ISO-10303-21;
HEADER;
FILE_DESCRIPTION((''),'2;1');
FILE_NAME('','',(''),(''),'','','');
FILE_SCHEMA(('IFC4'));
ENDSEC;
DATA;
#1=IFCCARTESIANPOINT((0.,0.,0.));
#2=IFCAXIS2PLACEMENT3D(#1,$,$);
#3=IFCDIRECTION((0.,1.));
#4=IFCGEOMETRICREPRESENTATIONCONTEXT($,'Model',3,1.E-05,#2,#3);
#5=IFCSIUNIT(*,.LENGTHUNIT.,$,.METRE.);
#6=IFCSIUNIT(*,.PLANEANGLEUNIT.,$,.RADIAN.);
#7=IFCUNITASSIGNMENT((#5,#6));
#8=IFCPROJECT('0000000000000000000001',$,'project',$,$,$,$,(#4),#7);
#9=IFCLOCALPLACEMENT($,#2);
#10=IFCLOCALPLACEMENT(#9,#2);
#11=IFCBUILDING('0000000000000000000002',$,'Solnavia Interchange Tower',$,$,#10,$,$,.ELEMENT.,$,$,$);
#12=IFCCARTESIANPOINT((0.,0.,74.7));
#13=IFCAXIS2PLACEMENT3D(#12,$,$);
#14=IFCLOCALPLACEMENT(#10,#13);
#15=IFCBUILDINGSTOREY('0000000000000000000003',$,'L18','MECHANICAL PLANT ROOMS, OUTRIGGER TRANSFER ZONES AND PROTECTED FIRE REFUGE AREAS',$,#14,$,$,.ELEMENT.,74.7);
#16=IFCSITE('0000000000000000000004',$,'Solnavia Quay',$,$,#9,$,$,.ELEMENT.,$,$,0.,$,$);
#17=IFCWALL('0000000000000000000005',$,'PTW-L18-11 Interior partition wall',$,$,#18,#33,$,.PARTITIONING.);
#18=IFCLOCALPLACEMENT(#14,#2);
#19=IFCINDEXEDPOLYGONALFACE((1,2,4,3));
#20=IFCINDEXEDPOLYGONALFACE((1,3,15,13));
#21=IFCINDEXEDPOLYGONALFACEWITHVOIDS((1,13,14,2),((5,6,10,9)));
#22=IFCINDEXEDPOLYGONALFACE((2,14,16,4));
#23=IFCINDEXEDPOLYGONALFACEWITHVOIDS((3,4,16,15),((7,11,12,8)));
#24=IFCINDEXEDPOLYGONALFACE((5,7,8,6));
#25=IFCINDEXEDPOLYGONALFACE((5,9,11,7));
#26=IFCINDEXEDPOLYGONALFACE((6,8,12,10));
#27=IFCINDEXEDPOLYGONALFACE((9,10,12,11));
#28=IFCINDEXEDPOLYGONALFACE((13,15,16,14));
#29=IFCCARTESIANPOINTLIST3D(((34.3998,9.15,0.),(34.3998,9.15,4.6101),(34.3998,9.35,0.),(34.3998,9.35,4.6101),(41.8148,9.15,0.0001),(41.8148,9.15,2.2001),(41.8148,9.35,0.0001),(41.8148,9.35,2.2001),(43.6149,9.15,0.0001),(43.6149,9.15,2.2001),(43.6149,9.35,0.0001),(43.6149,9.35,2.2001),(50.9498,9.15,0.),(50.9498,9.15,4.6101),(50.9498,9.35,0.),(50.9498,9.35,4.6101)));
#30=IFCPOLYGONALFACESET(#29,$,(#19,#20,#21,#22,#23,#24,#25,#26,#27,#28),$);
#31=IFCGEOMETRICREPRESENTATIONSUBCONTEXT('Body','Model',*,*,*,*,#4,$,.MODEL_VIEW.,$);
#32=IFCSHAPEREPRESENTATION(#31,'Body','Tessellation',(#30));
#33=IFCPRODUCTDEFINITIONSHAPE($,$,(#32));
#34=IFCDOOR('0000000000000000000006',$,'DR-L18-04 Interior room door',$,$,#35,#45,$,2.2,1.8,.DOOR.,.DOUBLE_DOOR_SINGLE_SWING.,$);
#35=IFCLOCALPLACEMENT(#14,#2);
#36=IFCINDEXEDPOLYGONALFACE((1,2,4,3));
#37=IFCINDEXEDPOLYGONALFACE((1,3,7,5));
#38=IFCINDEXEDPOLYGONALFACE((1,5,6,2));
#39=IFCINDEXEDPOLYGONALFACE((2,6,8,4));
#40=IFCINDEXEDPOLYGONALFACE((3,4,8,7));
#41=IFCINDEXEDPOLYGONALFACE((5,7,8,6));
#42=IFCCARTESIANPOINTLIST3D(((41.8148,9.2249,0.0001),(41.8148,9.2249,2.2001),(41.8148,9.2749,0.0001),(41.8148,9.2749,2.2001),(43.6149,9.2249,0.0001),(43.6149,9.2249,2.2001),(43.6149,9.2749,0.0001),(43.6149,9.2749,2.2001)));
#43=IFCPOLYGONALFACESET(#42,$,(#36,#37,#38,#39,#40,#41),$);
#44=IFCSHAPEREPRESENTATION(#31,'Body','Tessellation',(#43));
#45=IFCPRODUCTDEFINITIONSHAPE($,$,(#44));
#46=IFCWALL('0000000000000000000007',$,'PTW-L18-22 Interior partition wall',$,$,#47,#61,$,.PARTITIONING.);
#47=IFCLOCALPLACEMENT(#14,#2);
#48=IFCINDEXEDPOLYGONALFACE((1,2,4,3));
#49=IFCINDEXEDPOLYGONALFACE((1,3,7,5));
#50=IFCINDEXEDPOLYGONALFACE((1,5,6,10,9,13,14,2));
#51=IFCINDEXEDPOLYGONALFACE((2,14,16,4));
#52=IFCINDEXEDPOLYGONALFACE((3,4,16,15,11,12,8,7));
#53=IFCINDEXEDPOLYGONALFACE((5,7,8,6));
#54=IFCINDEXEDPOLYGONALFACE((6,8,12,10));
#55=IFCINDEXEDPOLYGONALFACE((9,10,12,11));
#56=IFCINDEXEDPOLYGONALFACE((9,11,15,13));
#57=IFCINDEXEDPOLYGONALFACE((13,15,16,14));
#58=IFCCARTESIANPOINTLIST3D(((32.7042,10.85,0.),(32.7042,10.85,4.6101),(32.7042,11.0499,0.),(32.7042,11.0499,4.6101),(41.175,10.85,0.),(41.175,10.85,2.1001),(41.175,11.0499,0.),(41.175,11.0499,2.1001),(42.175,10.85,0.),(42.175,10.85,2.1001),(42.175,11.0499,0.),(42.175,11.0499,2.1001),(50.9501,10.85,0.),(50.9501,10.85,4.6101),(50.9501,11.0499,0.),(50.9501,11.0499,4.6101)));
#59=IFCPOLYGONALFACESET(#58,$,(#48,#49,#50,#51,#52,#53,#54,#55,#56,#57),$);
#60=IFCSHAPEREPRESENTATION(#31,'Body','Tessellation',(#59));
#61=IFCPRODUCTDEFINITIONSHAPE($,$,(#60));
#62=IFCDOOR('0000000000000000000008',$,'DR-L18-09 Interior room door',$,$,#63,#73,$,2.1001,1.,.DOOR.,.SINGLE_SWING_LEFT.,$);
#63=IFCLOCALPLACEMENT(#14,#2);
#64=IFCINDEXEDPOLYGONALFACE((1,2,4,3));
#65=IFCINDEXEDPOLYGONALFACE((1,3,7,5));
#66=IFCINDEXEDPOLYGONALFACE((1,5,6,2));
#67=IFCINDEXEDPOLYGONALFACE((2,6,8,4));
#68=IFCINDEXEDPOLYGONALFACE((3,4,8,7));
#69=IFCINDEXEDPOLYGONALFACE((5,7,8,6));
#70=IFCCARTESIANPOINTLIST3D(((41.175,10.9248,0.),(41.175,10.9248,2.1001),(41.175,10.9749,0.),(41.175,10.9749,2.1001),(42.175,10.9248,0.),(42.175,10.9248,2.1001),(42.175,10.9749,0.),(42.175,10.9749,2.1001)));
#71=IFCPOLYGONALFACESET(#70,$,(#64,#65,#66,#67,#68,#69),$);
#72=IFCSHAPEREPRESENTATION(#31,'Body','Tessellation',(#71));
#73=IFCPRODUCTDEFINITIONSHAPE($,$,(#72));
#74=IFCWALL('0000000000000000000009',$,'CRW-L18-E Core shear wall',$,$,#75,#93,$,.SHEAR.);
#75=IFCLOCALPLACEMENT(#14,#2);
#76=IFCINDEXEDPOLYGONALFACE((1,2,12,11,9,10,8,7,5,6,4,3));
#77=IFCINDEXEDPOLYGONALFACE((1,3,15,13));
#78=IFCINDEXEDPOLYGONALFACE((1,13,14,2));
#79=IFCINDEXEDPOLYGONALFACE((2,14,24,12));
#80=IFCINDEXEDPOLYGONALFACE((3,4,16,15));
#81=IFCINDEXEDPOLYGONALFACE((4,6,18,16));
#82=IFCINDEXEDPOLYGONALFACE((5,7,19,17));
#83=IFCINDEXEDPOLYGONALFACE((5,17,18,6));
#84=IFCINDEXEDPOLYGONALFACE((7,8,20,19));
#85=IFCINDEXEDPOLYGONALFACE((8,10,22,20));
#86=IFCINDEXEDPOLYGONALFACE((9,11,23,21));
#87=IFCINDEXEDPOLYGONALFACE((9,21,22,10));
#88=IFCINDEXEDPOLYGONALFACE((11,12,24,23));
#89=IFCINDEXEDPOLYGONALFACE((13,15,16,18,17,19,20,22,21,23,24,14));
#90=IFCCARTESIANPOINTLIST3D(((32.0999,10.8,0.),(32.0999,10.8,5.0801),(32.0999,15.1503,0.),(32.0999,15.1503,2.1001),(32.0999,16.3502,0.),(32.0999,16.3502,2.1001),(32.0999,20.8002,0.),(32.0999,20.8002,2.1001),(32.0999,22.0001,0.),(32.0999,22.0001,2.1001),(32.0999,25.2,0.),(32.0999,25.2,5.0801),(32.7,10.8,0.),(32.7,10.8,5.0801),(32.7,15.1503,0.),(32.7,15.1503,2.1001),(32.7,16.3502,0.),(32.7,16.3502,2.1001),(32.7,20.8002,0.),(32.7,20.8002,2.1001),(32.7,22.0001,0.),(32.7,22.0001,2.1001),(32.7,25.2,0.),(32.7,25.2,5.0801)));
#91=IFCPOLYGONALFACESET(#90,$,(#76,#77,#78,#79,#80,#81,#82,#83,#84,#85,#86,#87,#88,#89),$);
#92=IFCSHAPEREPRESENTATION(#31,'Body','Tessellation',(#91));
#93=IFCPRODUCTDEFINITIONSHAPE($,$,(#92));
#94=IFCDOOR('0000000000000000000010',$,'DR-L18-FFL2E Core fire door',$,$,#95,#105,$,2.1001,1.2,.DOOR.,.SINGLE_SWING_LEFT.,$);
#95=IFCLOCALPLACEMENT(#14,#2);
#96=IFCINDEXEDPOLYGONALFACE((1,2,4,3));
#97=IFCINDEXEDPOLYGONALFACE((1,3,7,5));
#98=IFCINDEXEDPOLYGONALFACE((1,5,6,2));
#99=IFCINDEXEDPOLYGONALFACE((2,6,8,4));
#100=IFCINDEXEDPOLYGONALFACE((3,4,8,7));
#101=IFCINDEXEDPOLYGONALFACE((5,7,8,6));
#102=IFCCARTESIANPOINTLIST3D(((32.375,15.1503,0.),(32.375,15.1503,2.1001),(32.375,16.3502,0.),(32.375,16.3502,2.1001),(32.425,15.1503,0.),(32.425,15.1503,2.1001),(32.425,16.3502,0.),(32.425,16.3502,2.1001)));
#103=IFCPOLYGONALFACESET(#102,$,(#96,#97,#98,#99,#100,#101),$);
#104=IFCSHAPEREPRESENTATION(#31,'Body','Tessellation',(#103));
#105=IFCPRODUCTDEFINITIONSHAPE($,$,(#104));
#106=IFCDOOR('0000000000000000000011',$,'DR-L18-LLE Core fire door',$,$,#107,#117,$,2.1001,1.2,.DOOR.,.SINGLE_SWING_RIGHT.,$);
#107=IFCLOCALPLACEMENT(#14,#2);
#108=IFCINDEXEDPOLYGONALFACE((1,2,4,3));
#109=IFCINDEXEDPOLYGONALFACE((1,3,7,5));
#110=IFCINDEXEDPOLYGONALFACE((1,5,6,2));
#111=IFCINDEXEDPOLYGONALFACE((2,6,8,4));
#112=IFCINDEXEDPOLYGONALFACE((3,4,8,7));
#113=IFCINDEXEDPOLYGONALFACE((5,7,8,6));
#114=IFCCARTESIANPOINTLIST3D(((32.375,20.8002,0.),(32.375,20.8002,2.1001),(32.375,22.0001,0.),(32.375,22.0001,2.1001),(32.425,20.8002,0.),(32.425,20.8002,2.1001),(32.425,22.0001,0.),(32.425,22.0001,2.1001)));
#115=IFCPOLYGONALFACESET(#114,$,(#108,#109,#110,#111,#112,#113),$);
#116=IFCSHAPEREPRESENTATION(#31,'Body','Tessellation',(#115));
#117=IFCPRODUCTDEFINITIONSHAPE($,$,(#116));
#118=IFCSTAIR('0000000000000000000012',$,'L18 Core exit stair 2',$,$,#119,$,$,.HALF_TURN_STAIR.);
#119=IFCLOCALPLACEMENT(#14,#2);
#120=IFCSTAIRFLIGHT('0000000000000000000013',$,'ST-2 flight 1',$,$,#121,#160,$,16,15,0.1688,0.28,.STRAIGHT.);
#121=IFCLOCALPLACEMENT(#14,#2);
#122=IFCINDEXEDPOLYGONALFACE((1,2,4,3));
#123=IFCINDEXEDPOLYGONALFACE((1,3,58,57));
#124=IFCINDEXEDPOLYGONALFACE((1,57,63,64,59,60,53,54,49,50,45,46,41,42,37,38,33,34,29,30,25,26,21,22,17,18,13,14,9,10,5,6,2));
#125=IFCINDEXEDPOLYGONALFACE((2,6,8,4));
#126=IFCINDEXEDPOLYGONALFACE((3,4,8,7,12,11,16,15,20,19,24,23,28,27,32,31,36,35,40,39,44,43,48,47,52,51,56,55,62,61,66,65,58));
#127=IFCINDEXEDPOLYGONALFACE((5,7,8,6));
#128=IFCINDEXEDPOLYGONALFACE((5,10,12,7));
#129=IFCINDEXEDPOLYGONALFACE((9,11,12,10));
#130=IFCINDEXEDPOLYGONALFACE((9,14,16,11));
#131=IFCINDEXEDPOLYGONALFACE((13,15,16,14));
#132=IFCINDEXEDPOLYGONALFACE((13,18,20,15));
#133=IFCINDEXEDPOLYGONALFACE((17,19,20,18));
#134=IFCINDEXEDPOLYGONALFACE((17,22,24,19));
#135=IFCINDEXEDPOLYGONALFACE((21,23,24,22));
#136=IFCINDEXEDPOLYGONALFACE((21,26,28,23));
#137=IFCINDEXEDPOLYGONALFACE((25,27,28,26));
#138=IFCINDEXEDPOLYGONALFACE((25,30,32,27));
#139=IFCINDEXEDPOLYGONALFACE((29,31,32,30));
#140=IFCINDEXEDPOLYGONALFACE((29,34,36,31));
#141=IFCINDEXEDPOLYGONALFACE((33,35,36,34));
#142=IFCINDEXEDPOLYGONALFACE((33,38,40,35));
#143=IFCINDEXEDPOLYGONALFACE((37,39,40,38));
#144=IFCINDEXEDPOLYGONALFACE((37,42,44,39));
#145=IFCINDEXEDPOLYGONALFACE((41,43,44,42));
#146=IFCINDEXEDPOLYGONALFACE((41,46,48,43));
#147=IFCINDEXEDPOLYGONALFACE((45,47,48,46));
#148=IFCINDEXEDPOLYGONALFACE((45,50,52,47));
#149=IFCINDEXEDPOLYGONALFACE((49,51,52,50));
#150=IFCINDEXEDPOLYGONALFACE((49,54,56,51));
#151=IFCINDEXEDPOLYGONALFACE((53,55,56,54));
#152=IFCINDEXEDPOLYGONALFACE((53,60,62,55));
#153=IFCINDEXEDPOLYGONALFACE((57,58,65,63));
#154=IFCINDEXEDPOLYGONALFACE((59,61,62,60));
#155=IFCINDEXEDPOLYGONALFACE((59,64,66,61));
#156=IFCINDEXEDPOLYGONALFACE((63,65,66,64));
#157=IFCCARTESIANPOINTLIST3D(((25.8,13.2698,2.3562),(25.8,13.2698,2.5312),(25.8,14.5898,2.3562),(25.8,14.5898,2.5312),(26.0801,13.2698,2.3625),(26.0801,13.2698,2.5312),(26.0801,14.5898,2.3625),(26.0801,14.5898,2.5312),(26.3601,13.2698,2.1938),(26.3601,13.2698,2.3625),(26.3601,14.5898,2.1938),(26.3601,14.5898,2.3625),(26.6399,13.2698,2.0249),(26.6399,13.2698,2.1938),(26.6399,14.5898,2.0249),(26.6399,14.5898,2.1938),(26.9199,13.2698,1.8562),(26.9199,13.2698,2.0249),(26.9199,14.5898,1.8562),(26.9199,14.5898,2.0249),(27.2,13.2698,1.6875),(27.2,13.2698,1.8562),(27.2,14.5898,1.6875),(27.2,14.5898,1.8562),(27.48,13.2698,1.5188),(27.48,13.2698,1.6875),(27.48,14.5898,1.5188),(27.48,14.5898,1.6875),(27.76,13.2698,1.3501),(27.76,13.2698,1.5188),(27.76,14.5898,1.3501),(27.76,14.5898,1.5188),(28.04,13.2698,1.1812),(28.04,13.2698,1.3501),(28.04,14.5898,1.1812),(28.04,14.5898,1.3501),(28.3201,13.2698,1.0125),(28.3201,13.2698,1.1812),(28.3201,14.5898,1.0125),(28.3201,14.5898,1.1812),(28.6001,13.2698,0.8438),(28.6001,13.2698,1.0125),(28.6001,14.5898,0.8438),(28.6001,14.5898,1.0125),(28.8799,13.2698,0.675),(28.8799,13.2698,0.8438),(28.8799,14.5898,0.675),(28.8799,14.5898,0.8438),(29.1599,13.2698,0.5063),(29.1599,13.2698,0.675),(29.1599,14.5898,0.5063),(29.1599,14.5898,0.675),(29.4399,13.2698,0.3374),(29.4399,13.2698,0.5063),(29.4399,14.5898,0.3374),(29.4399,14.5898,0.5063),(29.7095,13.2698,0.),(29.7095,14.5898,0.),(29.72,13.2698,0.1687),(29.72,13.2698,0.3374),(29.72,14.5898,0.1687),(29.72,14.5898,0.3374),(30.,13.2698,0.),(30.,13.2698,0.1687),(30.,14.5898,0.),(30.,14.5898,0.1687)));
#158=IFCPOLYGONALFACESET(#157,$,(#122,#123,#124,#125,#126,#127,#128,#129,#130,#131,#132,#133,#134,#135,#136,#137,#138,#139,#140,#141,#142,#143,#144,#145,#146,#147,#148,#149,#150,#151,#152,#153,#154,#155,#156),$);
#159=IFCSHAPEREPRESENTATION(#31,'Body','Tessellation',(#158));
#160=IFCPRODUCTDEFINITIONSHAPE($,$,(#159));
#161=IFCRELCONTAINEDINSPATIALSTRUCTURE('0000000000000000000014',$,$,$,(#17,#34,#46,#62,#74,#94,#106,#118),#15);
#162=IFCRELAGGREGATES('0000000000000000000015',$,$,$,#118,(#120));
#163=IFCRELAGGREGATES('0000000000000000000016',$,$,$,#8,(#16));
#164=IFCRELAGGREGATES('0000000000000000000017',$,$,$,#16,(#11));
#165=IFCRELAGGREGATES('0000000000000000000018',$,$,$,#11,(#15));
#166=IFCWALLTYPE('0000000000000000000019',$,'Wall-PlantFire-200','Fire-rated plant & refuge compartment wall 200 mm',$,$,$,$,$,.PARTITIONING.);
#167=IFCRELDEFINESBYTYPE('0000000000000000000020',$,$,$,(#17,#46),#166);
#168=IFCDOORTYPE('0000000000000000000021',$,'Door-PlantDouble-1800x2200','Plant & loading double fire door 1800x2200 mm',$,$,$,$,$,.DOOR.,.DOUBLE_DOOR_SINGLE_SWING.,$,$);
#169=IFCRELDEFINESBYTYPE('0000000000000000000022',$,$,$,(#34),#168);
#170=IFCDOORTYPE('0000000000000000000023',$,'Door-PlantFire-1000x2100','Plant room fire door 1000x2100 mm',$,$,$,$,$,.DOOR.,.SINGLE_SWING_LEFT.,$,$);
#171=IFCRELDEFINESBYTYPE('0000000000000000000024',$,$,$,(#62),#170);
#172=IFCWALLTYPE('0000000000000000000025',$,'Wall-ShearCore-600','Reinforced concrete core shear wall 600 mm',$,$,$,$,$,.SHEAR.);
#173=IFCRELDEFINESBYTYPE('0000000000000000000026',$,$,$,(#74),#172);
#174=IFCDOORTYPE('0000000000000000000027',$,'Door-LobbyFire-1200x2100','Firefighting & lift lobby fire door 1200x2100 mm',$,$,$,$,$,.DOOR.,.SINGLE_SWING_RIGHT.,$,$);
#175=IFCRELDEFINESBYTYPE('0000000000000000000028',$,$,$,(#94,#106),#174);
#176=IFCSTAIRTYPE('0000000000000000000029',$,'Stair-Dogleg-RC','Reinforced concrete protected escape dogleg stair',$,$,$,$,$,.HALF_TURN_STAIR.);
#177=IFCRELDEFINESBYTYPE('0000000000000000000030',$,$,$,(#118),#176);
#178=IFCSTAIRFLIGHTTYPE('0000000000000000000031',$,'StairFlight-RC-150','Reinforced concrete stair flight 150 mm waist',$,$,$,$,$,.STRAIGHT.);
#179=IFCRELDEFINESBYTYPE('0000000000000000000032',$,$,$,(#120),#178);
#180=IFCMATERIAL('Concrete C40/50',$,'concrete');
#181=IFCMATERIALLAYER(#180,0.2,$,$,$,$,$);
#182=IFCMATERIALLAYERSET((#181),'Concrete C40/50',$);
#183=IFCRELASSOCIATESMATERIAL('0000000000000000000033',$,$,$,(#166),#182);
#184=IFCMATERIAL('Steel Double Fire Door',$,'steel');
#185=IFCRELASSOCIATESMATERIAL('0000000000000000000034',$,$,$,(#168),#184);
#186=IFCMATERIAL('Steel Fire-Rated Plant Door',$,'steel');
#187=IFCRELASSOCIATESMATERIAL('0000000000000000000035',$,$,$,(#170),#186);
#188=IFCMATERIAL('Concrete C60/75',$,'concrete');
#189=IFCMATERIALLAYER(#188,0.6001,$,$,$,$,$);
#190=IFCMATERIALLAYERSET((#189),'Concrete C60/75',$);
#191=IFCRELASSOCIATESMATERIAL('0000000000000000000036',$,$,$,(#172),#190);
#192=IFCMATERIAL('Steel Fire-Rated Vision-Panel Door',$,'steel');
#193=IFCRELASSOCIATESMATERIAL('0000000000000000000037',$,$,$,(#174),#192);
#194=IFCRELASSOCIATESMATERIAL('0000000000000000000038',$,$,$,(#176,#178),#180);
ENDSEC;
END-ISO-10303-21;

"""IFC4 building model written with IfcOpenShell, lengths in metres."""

from ifc_helpers import new_model, si_unit, direction, frame, frame_2d, origin, place, context, subcontext, project, spatial, polyline, rectangle, outline, extrude, material, layer, layer_set, type_object, element, fill, aggregate, save


model = new_model("IFC4")

# Units and contexts
model_context = context("Model", 3, precision=1e-05, world=origin(), true_north=direction((0.0, 1.0)))
body_context = subcontext(model_context, "Body", "Model", "MODEL_VIEW")
ifc_project = project(units=[si_unit("LENGTHUNIT", "METRE"), si_unit("PLANEANGLEUNIT", "RADIAN")], contexts=[model_context])

# Site, building, storey
site_placement = place(None, origin())
site = spatial("IfcSite", under=ifc_project, at=site_placement, Name="Solnavia Quay", CompositionType="ELEMENT", RefElevation=0.0)
building_placement = place(site_placement, origin())
building = spatial("IfcBuilding", under=site, at=building_placement, Name="Solnavia Interchange Tower", CompositionType="ELEMENT")
storey_placement = place(building_placement, frame((0.0, 0.0, 74.7)))
storey = spatial("IfcBuildingStorey", under=building, at=storey_placement, Name="L18", Description="MECHANICAL PLANT ROOMS, OUTRIGGER TRANSFER ZONES AND PROTECTED FIRE REFUGE AREAS", CompositionType="ELEMENT", Elevation=74.7)

# Shared definitions
ifc_material_1 = material(Name="Concrete C60/75", Category="concrete")

# Shared definitions
ifc_material_2 = material(Name="Concrete C40/50", Category="concrete")
ifc_layer_1 = layer(ifc_material_2, 0.2)
ifc_layer_set_1 = layer_set([ifc_layer_1], Name="Concrete C40/50")
wall_type_1 = type_object("IfcWallType", Name="Wall-PlantFire-200", Description="Fire-rated plant & refuge compartment wall 200 mm", PredefinedType="PARTITIONING", material=ifc_layer_set_1)

# Walls, openings, doors
wall_1_placement = place(storey_placement, frame((34.3999, 9.25, 0.0), z_axis=(0.0, 0.0, 1.0), x_axis=(1.0, 0.0, 0.0)))
wall_1 = element("IfcWall", 1, at=wall_1_placement, inside=storey, type_object=wall_type_1, Name="PTW-L18-11 Interior partition wall", PredefinedType="PARTITIONING", context=body_context, shape_type="SweptSolid", body=[
    extrude(rectangle(XDim=16.55, YDim=0.2, at=frame_2d((8.2749, 0.0))), origin(), (0.0, 0.0, 1.0), 4.6101),
])
opening_1_placement = place(wall_1_placement, frame((7.415, 0.0, 0.0)))
opening_1 = element("IfcOpeningElement", 2, at=opening_1_placement, cuts=wall_1, PredefinedType="OPENING", context=body_context, shape_type="SweptSolid", body=[
    extrude(rectangle(XDim=1.8, YDim=2.2, at=frame_2d((0.8999, 1.1001))), frame((0.0, 0.1099, 0.0), z_axis=(0.0, -1.0, 0.0), x_axis=(1.0, 0.0, 0.0)), (0.0, 0.0, 1.0), 0.22),
])
ifc_material_3 = material(Name="Steel Double Fire Door", Category="steel")
door_type_1 = type_object("IfcDoorType", Name="Door-PlantDouble-1800x2200", Description="Plant & loading double fire door 1800x2200 mm", OperationType="DOUBLE_DOOR_SINGLE_SWING", PredefinedType="DOOR", material=ifc_material_3)
door_1_placement = place(opening_1_placement, origin())
door_1 = element("IfcDoor", 3, at=door_1_placement, inside=storey, type_object=door_type_1, Name="DR-L18-04 Interior room door", OperationType="DOUBLE_DOOR_SINGLE_SWING", OverallHeight=2.2, OverallWidth=1.8, PredefinedType="DOOR", context=body_context, shape_type="SweptSolid", body=[
    extrude(rectangle(XDim=1.8, YDim=2.2, at=frame_2d((0.8999, 1.1001))), frame((0.0, 0.0249, 0.0), z_axis=(0.0, -1.0, 0.0), x_axis=(1.0, 0.0, 0.0)), (0.0, 0.0, 1.0), 0.05),
])
fill(opening_1, door_1)
wall_2_placement = place(storey_placement, frame((32.7041, 10.95, 0.0), z_axis=(0.0, 0.0, 1.0), x_axis=(1.0, 0.0, 0.0)))
wall_2 = element("IfcWall", 4, at=wall_2_placement, inside=storey, type_object=wall_type_1, Name="PTW-L18-22 Interior partition wall", PredefinedType="PARTITIONING", context=body_context, shape_type="SweptSolid", body=[
    extrude(rectangle(XDim=18.2458, YDim=0.2, at=frame_2d((9.123, 0.0))), origin(), (0.0, 0.0, 1.0), 4.6101),
])
opening_2_placement = place(wall_2_placement, frame((8.4709, 0.0, 0.0)))
opening_2 = element("IfcOpeningElement", 5, at=opening_2_placement, cuts=wall_2, PredefinedType="OPENING", context=body_context, shape_type="SweptSolid", body=[
    extrude(rectangle(XDim=1.0, YDim=2.1001, at=frame_2d((0.5, 1.05))), frame((0.0, 0.1099, 0.0), z_axis=(0.0, -1.0, 0.0), x_axis=(1.0, 0.0, 0.0)), (0.0, 0.0, 1.0), 0.22),
])
ifc_material_4 = material(Name="Steel Fire-Rated Plant Door", Category="steel")
door_type_2 = type_object("IfcDoorType", Name="Door-PlantFire-1000x2100", Description="Plant room fire door 1000x2100 mm", OperationType="SINGLE_SWING_LEFT", PredefinedType="DOOR", material=ifc_material_4)
door_2_placement = place(opening_2_placement, origin())
door_2 = element("IfcDoor", 6, at=door_2_placement, inside=storey, type_object=door_type_2, Name="DR-L18-09 Interior room door", OperationType="SINGLE_SWING_LEFT", OverallHeight=2.1001, OverallWidth=1.0, PredefinedType="DOOR", context=body_context, shape_type="SweptSolid", body=[
    extrude(rectangle(XDim=1.0, YDim=2.1001, at=frame_2d((0.5, 1.05))), frame((0.0, 0.0249, 0.0), z_axis=(0.0, -1.0, 0.0), x_axis=(1.0, 0.0, 0.0)), (0.0, 0.0, 1.0), 0.05),
])
fill(opening_2, door_2)

# Wall, openings, doors
ifc_layer_2 = layer(ifc_material_1, 0.6001)
ifc_layer_set_2 = layer_set([ifc_layer_2], Name="Concrete C60/75")
wall_type_2 = type_object("IfcWallType", Name="Wall-ShearCore-600", Description="Reinforced concrete core shear wall 600 mm", PredefinedType="SHEAR", material=ifc_layer_set_2)
wall_3_placement = place(storey_placement, frame((32.3999, 10.8, 0.0), z_axis=(0.0, 0.0, 1.0), x_axis=(0.0, 1.0, 0.0)))
wall_3 = element("IfcWall", 7, at=wall_3_placement, inside=storey, type_object=wall_type_2, Name="CRW-L18-E Core shear wall", PredefinedType="SHEAR", context=body_context, shape_type="SweptSolid", body=[
    extrude(rectangle(XDim=14.3999, YDim=0.6001, at=frame_2d((7.2, 0.0))), origin(), (0.0, 0.0, 1.0), 5.0801),
])
opening_3_placement = place(wall_3_placement, frame((4.3501, 0.0, 0.0)))
opening_3 = element("IfcOpeningElement", 8, at=opening_3_placement, cuts=wall_3, PredefinedType="OPENING", context=body_context, shape_type="SweptSolid", body=[
    extrude(rectangle(XDim=1.2, YDim=2.1001, at=frame_2d((0.6001, 1.05))), frame((0.0, 0.3101, 0.0), z_axis=(0.0, -1.0, 0.0), x_axis=(1.0, 0.0, 0.0)), (0.0, 0.0, 1.0), 0.6201),
])
opening_4_placement = place(wall_3_placement, frame((10.0, 0.0, 0.0)))
opening_4 = element("IfcOpeningElement", 9, at=opening_4_placement, cuts=wall_3, PredefinedType="OPENING", context=body_context, shape_type="SweptSolid", body=[
    extrude(rectangle(XDim=1.2, YDim=2.1001, at=frame_2d((0.6001, 1.05))), frame((0.0, 0.3101, 0.0), z_axis=(0.0, -1.0, 0.0), x_axis=(1.0, 0.0, 0.0)), (0.0, 0.0, 1.0), 0.6201),
])
ifc_material_5 = material(Name="Steel Fire-Rated Vision-Panel Door", Category="steel")
door_type_3 = type_object("IfcDoorType", Name="Door-LobbyFire-1200x2100", Description="Firefighting & lift lobby fire door 1200x2100 mm", OperationType="SINGLE_SWING_RIGHT", PredefinedType="DOOR", material=ifc_material_5)
door_3_placement = place(opening_3_placement, origin())
door_3 = element("IfcDoor", 10, at=door_3_placement, inside=storey, type_object=door_type_3, Name="DR-L18-FFL2E Core fire door", OperationType="SINGLE_SWING_LEFT", OverallHeight=2.1001, OverallWidth=1.2, PredefinedType="DOOR", context=body_context, shape_type="SweptSolid", body=[
    extrude(rectangle(XDim=1.2, YDim=2.1001, at=frame_2d((0.6001, 1.05))), frame((0.0, 0.0249, 0.0), z_axis=(0.0, -1.0, 0.0), x_axis=(1.0, 0.0, 0.0)), (0.0, 0.0, 1.0), 0.05),
])
fill(opening_3, door_3)
door_4_placement = place(opening_4_placement, origin())
door_4 = element("IfcDoor", 11, at=door_4_placement, inside=storey, type_object=door_type_3, Name="DR-L18-LLE Core fire door", OperationType="SINGLE_SWING_RIGHT", OverallHeight=2.1001, OverallWidth=1.2, PredefinedType="DOOR", context=body_context, shape_type="SweptSolid", body=[
    extrude(rectangle(XDim=1.2, YDim=2.1001, at=frame_2d((0.6001, 1.05))), frame((0.0, 0.0249, 0.0), z_axis=(0.0, -1.0, 0.0), x_axis=(1.0, 0.0, 0.0)), (0.0, 0.0, 1.0), 0.05),
])
fill(opening_4, door_4)

# Stair, stair flight
stair_type = type_object("IfcStairType", Name="Stair-Dogleg-RC", Description="Reinforced concrete protected escape dogleg stair", PredefinedType="HALF_TURN_STAIR", material=ifc_material_2)
stair_placement = place(storey_placement, origin())
stair = element("IfcStair", 12, at=stair_placement, inside=storey, type_object=stair_type, Name="L18 Core exit stair 2", PredefinedType="HALF_TURN_STAIR")
stair_flight_type = type_object("IfcStairFlightType", Name="StairFlight-RC-150", Description="Reinforced concrete stair flight 150 mm waist", PredefinedType="STRAIGHT", material=ifc_material_2)
stair_flight_placement = place(storey_placement, frame((30.0, 13.9299, 0.0), z_axis=(0.0, 0.0, 1.0), x_axis=(-1.0, 0.0, 0.0)))
stair_flight = element("IfcStairFlight", 13, at=stair_flight_placement, type_object=stair_flight_type, Name="ST-2 flight 1", NumberOfRisers=16, NumberOfTreads=15, PredefinedType="STRAIGHT", RiserHeight=0.1688, TreadLength=0.28, context=body_context, shape_type="SweptSolid", body=[
    extrude(outline(polyline([(0.0, 0.0), (0.0, 0.1687), (0.28, 0.1687), (0.28, 0.3374), (0.5601, 0.3374), (0.5601, 0.5063), (0.8401, 0.5063), (0.8401, 0.675), (1.1201, 0.675), (1.1201, 0.8438), (1.3999, 0.8438), (1.3999, 1.0125), (1.6799, 1.0125), (1.6799, 1.1812), (1.96, 1.1812), (1.96, 1.3501), (2.24, 1.3501), (2.24, 1.5188), (2.52, 1.5188), (2.52, 1.6875), (2.8, 1.6875), (2.8, 1.8562), (3.0801, 1.8562), (3.0801, 2.0249), (3.3601, 2.0249), (3.3601, 2.1938), (3.6399, 2.1938), (3.6399, 2.3625), (3.9199, 2.3625), (3.9199, 2.5312), (4.2, 2.5312), (4.2, 2.7), (4.2, 2.3562), (0.2905, 0.0), (0.0, 0.0)])), frame((0.0, 0.6602, 0.0), z_axis=(0.0, -1.0, 0.0), x_axis=(1.0, 0.0, 0.0)), (0.0, 0.0, 1.0), 1.3201),
])
aggregate(stair, [stair_flight])

save(model, "model.ifc")
